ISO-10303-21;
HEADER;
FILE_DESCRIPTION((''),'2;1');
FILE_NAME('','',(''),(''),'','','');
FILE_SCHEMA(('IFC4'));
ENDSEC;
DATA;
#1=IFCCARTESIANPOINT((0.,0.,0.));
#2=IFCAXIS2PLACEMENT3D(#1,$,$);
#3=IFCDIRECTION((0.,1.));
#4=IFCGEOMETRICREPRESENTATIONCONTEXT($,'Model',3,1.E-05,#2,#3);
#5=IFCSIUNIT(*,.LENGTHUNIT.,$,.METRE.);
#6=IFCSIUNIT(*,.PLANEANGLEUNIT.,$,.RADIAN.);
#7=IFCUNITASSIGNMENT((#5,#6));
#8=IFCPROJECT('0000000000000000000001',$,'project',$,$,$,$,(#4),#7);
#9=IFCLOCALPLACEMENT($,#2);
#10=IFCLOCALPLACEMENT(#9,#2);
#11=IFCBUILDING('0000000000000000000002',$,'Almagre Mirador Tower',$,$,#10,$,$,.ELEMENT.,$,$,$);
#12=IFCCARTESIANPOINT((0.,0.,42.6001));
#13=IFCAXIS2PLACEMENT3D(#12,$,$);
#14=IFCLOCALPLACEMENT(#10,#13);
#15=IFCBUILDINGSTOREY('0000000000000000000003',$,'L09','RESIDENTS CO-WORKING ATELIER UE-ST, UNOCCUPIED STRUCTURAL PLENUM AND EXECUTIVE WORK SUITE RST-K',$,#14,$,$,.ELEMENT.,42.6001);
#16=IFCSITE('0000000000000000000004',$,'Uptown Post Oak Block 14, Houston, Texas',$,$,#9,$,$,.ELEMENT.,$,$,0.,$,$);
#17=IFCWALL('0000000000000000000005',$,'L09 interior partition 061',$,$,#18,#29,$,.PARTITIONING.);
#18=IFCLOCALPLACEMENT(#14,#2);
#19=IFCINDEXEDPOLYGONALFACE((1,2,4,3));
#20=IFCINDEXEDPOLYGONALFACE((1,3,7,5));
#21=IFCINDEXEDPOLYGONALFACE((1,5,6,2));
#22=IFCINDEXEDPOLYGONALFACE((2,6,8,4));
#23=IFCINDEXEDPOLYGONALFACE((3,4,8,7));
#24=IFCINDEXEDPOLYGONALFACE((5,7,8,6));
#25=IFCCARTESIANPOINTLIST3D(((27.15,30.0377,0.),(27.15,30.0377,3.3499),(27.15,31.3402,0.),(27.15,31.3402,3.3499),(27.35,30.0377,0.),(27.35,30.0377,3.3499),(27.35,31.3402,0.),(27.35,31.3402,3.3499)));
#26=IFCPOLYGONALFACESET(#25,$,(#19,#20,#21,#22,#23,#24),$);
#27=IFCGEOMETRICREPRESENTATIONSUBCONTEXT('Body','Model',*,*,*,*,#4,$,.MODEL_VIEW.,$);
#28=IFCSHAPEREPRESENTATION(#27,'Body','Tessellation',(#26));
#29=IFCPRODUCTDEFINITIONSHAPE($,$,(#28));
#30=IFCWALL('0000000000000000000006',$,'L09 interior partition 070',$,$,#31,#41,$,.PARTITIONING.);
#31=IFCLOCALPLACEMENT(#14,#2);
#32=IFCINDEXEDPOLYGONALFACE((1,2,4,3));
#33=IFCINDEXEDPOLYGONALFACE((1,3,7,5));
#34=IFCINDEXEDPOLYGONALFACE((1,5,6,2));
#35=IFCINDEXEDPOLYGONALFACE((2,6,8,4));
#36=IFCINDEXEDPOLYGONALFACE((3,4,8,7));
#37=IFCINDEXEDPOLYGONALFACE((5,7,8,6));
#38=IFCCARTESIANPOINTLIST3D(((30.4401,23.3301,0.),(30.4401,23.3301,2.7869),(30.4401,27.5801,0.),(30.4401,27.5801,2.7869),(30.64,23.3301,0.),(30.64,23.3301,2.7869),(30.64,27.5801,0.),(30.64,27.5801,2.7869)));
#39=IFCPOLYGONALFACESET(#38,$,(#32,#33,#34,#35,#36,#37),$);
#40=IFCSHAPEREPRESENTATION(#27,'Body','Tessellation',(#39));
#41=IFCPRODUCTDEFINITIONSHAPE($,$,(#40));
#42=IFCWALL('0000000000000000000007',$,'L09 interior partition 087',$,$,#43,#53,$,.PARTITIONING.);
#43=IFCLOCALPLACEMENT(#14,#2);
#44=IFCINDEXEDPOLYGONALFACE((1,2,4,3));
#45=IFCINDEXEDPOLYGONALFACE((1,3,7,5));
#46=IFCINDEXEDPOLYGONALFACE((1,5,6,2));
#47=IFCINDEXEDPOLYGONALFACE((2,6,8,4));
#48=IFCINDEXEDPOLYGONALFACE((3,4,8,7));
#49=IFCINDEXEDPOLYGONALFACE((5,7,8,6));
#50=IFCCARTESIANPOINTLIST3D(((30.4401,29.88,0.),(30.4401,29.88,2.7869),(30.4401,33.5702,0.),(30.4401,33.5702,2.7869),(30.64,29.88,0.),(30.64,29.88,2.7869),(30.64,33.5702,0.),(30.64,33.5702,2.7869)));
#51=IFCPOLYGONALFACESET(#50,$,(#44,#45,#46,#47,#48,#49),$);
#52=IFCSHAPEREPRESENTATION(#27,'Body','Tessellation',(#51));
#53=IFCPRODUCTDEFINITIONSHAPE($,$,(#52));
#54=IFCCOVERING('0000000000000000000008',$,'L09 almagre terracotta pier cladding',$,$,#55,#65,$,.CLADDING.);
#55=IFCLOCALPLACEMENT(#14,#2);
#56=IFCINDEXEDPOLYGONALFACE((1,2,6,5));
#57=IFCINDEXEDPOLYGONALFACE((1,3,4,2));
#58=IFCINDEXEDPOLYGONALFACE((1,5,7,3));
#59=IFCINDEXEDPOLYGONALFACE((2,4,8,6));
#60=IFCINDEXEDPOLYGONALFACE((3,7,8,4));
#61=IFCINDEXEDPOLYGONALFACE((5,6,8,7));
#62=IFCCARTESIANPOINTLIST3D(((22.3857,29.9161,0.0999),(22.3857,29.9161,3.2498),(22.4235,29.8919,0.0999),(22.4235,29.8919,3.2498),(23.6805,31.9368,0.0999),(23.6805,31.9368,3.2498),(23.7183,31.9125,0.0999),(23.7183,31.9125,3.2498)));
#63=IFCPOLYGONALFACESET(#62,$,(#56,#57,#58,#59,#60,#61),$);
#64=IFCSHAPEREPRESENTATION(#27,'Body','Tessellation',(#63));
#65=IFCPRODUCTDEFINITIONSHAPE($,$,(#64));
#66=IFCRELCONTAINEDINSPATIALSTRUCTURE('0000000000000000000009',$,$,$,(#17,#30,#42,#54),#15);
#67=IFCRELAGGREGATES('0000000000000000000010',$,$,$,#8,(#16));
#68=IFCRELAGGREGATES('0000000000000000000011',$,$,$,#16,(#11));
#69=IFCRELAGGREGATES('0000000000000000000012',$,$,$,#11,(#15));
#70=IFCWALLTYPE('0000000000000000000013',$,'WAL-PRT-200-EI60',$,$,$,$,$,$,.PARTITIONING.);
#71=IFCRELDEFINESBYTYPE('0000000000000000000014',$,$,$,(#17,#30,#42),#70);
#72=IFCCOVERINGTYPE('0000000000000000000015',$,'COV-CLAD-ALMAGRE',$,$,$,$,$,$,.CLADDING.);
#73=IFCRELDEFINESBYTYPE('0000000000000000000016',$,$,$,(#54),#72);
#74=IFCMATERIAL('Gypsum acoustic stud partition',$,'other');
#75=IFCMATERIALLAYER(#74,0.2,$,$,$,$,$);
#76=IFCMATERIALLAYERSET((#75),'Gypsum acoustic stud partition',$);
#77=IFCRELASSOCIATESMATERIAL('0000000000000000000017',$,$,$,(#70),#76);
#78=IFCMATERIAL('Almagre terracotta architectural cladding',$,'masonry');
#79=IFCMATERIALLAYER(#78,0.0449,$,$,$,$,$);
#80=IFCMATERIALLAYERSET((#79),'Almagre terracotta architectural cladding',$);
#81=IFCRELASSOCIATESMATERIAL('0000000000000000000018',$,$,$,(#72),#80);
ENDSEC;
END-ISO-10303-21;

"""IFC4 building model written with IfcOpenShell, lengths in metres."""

from ifc_helpers import new_model, si_unit, direction, frame, frame_2d, origin, origin_2d, place, context, subcontext, project, spatial, rectangle, extrude, material, layer, layer_set, type_object, element, save


model = new_model("IFC4")

# Units and contexts
model_context = context("Model", 3, precision=1e-05, world=origin(), true_north=direction((0.0, 1.0)))
body_context = subcontext(model_context, "Body", "Model", "MODEL_VIEW")
ifc_project = project(units=[si_unit("LENGTHUNIT", "METRE"), si_unit("PLANEANGLEUNIT", "RADIAN")], contexts=[model_context])

# Site, building, storey
site_placement = place(None, origin())
site = spatial("IfcSite", under=ifc_project, at=site_placement, Name="Uptown Post Oak Block 14, Houston, Texas", CompositionType="ELEMENT", RefElevation=0.0)
building_placement = place(site_placement, origin())
building = spatial("IfcBuilding", under=site, at=building_placement, Name="Almagre Mirador Tower", CompositionType="ELEMENT")
storey_placement = place(building_placement, frame((0.0, 0.0, 42.6001)))
storey = spatial("IfcBuildingStorey", under=building, at=storey_placement, Name="L09", Description="RESIDENTS CO-WORKING ATELIER UE-ST, UNOCCUPIED STRUCTURAL PLENUM AND EXECUTIVE WORK SUITE RST-K", CompositionType="ELEMENT", Elevation=42.6001)

# Walls
ifc_material_1 = material(Name="Gypsum acoustic stud partition", Category="other")
ifc_layer_1 = layer(ifc_material_1, 0.2)
ifc_layer_set_1 = layer_set([ifc_layer_1], Name="Gypsum acoustic stud partition")
wall_type_1 = type_object("IfcWallType", Name="WAL-PRT-200-EI60", PredefinedType="PARTITIONING", material=ifc_layer_set_1)
wall_1_placement = place(storey_placement, frame((27.25, 30.0376, 0.0), z_axis=(0.0, 0.0, 1.0), x_axis=(0.0, 1.0, 0.0)))
element("IfcWall", 1, at=wall_1_placement, inside=storey, type_object=wall_type_1, Name="L09 interior partition 061", PredefinedType="PARTITIONING", context=body_context, shape_type="SweptSolid", body=[
    extrude(rectangle(XDim=1.3025, YDim=0.2, at=frame_2d((0.6514, 0.0))), origin(), (0.0, 0.0, 1.0), 3.3499),
])
wall_2_placement = place(storey_placement, frame((30.54, 27.5801, 0.0), z_axis=(0.0, 0.0, 1.0), x_axis=(0.0, -1.0, 0.0)))
element("IfcWall", 2, at=wall_2_placement, inside=storey, type_object=wall_type_1, Name="L09 interior partition 070", PredefinedType="PARTITIONING", context=body_context, shape_type="SweptSolid", body=[
    extrude(rectangle(XDim=4.25, YDim=0.2, at=frame_2d((2.125, 0.0))), origin(), (0.0, 0.0, 1.0), 2.7869),
])
wall_3_placement = place(storey_placement, frame((30.54, 29.8799, 0.0), z_axis=(0.0, 0.0, 1.0), x_axis=(0.0, 1.0, 0.0)))
element("IfcWall", 3, at=wall_3_placement, inside=storey, type_object=wall_type_1, Name="L09 interior partition 087", PredefinedType="PARTITIONING", context=body_context, shape_type="SweptSolid", body=[
    extrude(rectangle(XDim=3.6902, YDim=0.2, at=frame_2d((1.8452, 0.0))), origin(), (0.0, 0.0, 1.0), 2.7869),
])

# Covering
ifc_material_2 = material(Name="Almagre terracotta architectural cladding", Category="masonry")
ifc_layer_2 = layer(ifc_material_2, 0.0449)
ifc_layer_set_2 = layer_set([ifc_layer_2], Name="Almagre terracotta architectural cladding")
covering_type = type_object("IfcCoveringType", Name="COV-CLAD-ALMAGRE", PredefinedType="CLADDING", material=ifc_layer_set_2)
covering_placement = place(storey_placement, frame((23.052, 30.9143, 0.0999), z_axis=(0.0, 0.0, 1.0), x_axis=(0.53952, 0.841972, 0.0)))
element("IfcCovering", 4, at=covering_placement, inside=storey, type_object=covering_type, Name="L09 almagre terracotta pier cladding", PredefinedType="CLADDING", context=body_context, shape_type="SweptSolid", body=[
    extrude(rectangle(XDim=2.3999, YDim=0.0449, at=origin_2d()), origin(), (0.0, 0.0, 1.0), 3.1499),
])

save(model, "model.ifc")
